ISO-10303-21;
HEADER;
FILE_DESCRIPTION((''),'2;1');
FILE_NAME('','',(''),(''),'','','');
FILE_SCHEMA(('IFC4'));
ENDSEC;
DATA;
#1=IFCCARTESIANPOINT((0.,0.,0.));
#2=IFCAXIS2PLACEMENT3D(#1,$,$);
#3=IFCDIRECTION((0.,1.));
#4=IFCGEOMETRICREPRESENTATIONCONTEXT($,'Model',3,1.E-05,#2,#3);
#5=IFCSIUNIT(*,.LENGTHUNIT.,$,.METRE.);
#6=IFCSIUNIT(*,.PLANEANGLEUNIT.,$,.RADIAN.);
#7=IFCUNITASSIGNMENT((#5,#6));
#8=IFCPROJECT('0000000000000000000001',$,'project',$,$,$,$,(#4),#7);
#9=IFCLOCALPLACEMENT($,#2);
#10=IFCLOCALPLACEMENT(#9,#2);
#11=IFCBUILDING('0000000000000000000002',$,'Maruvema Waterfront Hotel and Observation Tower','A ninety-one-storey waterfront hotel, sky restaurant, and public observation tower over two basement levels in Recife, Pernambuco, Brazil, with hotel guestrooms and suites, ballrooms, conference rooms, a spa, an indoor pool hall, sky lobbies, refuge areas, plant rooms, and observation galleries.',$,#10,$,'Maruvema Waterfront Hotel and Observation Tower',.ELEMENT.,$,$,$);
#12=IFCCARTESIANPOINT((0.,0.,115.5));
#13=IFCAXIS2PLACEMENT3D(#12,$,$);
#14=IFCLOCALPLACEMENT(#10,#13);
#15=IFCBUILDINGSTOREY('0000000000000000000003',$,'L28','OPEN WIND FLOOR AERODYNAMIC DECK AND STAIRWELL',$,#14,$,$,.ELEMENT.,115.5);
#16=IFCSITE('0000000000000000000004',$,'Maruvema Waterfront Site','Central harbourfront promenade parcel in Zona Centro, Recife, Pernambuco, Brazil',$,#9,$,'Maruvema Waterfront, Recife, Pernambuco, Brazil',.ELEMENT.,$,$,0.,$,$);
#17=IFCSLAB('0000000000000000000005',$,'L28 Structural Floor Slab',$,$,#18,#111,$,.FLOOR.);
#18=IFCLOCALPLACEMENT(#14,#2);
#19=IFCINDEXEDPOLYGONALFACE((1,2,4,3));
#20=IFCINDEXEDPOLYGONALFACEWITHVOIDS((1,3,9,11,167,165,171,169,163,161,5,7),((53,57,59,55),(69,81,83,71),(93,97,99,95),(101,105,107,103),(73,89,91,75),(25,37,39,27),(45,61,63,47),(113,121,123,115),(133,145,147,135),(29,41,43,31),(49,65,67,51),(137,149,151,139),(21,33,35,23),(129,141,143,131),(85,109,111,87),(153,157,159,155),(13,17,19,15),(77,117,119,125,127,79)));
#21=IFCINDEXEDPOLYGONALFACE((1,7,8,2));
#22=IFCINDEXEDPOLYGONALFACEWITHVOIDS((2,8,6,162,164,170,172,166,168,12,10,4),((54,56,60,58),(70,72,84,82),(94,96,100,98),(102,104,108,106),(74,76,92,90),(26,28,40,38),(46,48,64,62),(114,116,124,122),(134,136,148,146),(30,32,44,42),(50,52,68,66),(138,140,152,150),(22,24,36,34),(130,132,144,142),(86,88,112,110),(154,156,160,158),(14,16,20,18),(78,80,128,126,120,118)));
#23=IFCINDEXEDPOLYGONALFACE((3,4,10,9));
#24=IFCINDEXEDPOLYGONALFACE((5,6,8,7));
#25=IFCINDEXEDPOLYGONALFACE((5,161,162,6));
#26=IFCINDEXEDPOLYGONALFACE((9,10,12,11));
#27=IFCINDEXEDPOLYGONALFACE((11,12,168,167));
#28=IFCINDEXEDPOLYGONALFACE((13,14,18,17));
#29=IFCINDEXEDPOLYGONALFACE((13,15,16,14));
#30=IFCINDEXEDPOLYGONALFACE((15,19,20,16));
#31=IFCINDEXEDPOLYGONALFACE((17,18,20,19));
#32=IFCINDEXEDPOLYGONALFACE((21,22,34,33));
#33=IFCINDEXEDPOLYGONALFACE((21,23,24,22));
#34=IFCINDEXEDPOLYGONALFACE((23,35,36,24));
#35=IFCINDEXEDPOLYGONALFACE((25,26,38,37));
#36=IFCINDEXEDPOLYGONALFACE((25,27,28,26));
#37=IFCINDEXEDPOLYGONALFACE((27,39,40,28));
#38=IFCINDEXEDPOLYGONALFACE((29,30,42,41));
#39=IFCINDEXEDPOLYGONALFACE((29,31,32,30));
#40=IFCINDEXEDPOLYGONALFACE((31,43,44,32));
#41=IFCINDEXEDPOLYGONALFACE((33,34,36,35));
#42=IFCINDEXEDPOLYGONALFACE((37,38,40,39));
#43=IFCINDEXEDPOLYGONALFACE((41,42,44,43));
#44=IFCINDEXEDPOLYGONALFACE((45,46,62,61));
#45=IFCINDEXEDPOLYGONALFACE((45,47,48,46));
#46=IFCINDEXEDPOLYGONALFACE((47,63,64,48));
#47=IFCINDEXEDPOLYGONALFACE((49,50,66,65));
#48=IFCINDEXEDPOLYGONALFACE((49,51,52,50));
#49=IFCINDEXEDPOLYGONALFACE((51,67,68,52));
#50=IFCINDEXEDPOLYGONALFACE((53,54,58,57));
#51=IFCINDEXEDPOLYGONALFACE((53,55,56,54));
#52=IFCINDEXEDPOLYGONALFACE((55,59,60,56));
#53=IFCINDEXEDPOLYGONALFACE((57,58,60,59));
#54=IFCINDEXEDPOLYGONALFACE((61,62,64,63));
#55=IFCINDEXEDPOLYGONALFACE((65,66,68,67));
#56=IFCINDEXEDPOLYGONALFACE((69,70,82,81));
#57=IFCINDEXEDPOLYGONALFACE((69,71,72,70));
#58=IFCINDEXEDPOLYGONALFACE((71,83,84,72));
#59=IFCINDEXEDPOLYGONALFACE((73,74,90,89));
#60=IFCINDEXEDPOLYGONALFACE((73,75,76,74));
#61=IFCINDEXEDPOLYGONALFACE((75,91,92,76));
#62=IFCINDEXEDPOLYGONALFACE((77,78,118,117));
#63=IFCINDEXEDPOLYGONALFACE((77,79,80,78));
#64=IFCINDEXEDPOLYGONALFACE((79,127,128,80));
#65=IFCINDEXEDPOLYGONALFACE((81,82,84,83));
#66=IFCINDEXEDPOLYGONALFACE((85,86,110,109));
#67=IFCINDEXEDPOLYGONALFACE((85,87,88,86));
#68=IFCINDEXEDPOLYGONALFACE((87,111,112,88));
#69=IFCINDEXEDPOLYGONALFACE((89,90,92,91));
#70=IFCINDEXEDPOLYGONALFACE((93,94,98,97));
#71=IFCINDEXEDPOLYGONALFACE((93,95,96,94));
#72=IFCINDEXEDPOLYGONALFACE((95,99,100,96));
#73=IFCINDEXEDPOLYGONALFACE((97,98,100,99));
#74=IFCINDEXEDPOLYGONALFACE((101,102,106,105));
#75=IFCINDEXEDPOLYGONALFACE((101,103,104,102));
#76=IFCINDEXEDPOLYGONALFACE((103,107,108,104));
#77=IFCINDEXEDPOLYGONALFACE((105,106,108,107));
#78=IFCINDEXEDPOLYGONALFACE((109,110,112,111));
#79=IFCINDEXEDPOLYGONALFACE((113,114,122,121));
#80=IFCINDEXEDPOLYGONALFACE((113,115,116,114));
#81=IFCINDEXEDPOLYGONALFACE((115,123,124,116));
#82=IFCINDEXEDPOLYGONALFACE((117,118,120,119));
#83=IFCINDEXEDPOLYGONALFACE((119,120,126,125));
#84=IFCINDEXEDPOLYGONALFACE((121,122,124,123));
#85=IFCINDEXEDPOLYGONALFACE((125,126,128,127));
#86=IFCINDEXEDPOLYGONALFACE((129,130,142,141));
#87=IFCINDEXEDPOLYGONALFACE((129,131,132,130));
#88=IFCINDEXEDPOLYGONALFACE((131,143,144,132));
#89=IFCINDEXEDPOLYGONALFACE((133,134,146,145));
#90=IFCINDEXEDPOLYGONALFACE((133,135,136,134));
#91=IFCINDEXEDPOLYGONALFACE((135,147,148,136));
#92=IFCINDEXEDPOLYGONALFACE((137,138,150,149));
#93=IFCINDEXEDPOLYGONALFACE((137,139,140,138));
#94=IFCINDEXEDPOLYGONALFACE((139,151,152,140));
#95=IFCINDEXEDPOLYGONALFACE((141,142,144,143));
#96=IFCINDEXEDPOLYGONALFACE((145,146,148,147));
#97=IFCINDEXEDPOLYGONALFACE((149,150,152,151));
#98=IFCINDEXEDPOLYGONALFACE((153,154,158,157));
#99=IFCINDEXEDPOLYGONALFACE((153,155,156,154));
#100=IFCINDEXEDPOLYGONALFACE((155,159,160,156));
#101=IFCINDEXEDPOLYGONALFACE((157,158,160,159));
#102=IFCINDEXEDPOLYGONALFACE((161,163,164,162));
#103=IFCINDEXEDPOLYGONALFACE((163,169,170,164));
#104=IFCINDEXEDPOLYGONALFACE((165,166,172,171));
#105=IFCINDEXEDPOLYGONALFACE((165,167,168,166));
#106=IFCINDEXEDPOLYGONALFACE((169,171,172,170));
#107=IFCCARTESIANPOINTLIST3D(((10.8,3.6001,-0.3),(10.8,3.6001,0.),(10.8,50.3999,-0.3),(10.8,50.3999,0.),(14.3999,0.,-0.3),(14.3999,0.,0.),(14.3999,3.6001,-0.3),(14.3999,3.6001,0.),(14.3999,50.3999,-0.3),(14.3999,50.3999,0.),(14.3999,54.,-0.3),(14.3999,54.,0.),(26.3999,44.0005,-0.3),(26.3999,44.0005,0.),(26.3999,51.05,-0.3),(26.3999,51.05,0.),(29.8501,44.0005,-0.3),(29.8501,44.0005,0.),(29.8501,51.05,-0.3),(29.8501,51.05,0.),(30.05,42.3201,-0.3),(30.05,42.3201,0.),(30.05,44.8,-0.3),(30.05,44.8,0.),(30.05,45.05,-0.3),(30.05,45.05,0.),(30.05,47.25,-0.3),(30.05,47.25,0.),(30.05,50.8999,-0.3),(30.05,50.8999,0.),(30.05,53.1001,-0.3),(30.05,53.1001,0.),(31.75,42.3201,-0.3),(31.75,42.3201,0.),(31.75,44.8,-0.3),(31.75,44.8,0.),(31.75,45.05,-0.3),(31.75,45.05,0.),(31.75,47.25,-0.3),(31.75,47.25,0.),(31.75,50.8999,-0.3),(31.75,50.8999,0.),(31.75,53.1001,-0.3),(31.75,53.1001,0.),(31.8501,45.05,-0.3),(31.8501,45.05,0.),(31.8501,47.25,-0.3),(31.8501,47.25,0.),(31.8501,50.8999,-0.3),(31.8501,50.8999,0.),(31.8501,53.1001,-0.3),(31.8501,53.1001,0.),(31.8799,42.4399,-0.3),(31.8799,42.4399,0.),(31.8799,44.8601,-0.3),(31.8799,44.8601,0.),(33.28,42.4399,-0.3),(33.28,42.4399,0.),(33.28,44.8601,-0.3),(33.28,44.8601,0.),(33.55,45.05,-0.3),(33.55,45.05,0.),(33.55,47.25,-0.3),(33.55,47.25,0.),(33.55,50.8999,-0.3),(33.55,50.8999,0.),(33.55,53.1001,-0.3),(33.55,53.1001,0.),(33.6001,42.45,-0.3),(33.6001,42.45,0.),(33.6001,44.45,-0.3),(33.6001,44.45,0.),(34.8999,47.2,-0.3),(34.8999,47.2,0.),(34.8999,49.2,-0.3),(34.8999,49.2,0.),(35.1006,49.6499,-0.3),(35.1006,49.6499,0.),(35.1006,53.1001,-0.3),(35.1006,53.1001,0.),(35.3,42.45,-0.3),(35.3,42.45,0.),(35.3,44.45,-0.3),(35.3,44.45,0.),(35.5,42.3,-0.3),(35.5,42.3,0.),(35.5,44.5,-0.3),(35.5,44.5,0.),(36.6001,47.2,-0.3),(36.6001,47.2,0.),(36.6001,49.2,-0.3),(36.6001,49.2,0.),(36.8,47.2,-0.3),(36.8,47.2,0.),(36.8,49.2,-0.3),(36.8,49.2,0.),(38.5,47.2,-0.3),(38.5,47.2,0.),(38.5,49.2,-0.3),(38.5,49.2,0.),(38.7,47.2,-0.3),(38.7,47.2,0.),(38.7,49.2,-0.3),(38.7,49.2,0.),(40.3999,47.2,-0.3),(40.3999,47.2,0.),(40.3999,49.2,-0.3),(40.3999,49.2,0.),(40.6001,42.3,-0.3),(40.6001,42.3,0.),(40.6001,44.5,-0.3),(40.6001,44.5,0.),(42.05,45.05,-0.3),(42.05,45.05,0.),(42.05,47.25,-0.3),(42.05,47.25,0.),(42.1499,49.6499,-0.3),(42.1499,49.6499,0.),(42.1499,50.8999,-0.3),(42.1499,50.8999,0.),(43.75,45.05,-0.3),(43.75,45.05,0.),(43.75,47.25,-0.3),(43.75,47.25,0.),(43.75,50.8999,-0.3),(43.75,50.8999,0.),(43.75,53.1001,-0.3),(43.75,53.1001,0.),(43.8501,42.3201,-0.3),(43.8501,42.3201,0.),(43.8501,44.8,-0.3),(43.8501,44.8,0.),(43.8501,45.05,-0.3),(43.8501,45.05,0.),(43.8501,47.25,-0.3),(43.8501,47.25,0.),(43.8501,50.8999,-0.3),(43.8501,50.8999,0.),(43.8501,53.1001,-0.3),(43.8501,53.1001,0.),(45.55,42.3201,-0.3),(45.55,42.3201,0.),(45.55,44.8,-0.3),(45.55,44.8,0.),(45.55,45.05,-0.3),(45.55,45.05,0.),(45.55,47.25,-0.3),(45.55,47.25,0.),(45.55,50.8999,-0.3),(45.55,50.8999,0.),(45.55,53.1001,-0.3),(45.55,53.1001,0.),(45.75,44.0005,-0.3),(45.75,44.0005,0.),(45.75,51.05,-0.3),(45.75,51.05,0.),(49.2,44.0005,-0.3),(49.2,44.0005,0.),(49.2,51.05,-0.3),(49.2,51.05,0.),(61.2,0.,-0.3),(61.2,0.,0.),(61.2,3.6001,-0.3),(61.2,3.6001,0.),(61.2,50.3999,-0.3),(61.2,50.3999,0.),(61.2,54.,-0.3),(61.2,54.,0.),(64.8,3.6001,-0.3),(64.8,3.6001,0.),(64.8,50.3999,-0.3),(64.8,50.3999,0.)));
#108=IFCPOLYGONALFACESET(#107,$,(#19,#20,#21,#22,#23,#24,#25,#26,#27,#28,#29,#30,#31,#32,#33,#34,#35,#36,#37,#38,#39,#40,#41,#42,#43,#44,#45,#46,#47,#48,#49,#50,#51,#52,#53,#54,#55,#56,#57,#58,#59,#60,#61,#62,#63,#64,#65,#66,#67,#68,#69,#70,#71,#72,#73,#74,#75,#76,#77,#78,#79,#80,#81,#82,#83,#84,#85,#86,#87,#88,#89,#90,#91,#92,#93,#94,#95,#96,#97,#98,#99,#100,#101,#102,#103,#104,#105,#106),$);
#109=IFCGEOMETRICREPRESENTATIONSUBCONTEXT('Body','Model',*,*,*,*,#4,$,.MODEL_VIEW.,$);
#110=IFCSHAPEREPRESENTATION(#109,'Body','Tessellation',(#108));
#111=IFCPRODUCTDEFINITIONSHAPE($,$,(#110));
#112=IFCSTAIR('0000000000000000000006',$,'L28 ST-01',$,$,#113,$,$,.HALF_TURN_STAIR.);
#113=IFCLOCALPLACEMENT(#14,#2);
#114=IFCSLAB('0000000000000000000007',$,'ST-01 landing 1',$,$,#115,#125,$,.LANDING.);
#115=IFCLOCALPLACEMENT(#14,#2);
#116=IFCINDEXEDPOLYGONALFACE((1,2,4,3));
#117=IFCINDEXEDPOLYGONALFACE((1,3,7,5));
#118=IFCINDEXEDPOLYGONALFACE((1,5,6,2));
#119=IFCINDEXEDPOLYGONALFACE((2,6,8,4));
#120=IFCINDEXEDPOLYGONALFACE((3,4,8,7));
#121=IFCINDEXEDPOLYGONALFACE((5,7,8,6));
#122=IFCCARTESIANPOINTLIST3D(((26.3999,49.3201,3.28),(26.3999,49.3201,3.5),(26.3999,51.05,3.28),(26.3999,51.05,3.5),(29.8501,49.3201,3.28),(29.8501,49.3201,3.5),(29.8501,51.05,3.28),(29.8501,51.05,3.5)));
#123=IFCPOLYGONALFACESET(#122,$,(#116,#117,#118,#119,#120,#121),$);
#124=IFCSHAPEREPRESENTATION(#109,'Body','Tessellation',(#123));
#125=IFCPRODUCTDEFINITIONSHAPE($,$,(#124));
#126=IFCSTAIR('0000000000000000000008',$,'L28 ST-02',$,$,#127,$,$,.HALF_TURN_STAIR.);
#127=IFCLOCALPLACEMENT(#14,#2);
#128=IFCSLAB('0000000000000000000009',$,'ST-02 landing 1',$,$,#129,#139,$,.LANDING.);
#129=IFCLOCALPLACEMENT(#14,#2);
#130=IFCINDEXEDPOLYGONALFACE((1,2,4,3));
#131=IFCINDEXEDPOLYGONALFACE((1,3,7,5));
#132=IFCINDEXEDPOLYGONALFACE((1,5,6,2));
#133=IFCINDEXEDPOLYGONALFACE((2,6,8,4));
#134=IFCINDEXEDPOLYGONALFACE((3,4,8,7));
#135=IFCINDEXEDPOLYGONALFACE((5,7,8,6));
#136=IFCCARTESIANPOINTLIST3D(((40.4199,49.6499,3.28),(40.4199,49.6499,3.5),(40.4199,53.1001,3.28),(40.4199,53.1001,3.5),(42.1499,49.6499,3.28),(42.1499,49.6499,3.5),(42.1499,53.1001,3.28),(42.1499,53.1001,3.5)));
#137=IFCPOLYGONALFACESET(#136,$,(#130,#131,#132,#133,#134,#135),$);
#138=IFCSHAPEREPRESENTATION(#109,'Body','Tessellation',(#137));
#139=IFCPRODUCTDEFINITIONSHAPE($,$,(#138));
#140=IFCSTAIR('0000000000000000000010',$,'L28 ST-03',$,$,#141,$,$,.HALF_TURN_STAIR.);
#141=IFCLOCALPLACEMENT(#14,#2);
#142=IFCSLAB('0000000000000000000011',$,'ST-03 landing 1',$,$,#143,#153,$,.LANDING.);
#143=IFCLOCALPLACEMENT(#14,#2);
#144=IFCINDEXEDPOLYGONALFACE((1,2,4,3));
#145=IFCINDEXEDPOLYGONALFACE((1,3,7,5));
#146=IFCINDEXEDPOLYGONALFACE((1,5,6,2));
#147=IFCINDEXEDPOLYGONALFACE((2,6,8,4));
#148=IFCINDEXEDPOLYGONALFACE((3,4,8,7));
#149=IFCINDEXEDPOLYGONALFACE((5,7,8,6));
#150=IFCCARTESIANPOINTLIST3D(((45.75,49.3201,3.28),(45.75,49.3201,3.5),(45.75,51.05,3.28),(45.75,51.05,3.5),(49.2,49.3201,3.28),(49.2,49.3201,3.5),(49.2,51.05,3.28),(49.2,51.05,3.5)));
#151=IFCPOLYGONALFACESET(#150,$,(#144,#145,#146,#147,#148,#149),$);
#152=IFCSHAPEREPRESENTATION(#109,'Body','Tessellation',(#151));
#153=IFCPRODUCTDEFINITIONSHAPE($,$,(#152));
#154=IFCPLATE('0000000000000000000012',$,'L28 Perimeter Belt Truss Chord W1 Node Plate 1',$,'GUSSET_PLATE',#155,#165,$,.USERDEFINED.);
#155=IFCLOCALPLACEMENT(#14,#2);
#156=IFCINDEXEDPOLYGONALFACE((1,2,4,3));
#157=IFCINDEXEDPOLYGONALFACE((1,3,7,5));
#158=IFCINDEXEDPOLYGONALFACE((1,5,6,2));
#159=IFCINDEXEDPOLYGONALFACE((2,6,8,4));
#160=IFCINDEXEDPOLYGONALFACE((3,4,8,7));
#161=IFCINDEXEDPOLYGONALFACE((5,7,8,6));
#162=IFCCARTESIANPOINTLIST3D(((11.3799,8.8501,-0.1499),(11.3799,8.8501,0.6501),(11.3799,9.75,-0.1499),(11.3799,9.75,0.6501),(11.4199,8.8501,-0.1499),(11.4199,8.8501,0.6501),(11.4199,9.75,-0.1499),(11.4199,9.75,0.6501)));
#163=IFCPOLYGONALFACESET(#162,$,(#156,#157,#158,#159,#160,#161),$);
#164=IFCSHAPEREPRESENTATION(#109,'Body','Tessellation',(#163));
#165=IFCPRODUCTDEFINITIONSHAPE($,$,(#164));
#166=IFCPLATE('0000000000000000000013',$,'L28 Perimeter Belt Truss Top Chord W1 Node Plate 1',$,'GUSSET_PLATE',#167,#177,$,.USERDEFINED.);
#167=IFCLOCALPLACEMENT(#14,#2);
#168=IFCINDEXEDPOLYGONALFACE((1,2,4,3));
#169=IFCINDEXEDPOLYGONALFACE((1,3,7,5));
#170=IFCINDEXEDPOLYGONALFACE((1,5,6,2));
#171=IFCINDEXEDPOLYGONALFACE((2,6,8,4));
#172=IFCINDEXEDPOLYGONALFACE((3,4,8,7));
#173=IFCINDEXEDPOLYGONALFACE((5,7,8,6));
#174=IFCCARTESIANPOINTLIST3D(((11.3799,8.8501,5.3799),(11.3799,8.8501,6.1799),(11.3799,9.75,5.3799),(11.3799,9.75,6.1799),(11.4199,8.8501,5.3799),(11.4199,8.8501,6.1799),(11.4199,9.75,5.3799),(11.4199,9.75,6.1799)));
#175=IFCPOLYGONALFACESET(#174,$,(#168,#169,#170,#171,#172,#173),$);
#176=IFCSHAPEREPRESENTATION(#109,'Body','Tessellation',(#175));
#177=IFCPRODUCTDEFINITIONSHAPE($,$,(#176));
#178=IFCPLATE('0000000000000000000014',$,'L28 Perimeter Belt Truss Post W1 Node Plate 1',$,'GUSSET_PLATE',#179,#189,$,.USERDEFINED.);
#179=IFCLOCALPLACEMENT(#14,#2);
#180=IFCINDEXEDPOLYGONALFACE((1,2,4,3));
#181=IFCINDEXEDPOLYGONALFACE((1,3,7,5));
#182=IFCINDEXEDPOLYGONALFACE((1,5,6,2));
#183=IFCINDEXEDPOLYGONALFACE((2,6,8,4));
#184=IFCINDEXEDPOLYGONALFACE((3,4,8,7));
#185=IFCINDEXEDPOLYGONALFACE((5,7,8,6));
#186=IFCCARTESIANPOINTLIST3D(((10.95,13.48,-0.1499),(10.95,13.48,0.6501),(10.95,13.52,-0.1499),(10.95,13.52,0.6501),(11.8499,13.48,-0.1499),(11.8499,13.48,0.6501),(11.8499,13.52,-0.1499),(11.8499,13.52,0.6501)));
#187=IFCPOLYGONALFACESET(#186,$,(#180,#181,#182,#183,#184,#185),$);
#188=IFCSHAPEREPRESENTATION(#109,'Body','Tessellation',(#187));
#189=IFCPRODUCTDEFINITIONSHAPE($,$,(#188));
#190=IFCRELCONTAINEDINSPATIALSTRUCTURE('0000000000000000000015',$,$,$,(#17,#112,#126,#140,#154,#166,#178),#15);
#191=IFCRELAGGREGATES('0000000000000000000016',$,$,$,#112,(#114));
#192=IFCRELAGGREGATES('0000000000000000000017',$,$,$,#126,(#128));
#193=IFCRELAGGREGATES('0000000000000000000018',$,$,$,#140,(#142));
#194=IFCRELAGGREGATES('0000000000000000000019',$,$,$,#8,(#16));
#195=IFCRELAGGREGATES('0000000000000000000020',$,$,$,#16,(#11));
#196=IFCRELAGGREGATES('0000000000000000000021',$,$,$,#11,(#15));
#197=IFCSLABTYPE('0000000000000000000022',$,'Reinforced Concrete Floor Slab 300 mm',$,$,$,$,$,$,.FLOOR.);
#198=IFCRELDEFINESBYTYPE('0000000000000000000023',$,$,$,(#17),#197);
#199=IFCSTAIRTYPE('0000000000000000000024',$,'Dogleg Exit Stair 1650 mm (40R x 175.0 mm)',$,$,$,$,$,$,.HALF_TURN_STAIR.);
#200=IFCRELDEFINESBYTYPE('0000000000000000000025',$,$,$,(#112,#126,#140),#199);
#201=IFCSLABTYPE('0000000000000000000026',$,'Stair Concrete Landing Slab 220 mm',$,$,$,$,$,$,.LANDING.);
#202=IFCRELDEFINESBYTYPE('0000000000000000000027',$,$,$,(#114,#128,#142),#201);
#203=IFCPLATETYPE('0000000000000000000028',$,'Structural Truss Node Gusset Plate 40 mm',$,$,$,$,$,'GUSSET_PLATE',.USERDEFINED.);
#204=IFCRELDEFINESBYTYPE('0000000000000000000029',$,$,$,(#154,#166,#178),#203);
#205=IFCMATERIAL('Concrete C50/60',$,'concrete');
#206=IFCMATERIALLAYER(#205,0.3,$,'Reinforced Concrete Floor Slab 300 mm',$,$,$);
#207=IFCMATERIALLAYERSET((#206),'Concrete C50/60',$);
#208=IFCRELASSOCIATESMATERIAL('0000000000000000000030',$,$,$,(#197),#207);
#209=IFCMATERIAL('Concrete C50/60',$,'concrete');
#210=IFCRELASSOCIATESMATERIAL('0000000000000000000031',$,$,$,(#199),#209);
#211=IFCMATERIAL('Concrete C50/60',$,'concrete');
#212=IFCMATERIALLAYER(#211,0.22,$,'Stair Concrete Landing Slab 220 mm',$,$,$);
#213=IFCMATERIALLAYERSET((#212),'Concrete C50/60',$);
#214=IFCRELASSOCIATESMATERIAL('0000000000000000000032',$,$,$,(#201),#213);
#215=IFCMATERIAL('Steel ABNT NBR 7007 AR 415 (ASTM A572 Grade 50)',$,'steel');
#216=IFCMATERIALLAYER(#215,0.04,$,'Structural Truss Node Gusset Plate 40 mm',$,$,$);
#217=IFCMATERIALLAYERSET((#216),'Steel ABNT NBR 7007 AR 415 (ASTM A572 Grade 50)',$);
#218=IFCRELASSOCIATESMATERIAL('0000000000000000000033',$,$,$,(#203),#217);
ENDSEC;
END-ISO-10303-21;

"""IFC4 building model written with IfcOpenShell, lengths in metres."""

from ifc_helpers import new_model, si_unit, direction, frame, origin, origin_2d, place, context, subcontext, project, spatial, polyline, rectangle, outline, extrude, material, layer, layer_set, type_object, element, aggregate, save


model = new_model("IFC4")

# Units and contexts
model_context = context("Model", 3, precision=1e-05, world=origin(), true_north=direction((0.0, 1.0)))
body_context = subcontext(model_context, "Body", "Model", "MODEL_VIEW")
ifc_project = project(units=[si_unit("LENGTHUNIT", "METRE"), si_unit("PLANEANGLEUNIT", "RADIAN")], contexts=[model_context])

# Site, building, storey
site_placement = place(None, origin())
site = spatial("IfcSite", under=ifc_project, at=site_placement, Name="Maruvema Waterfront Site", Description="Central harbourfront promenade parcel in Zona Centro, Recife, Pernambuco, Brazil", LongName="Maruvema Waterfront, Recife, Pernambuco, Brazil", CompositionType="ELEMENT", RefElevation=0.0)
building_placement = place(site_placement, origin())
building = spatial("IfcBuilding", under=site, at=building_placement, Name="Maruvema Waterfront Hotel and Observation Tower", Description="A ninety-one-storey waterfront hotel, sky restaurant, and public observation tower over two basement levels in Recife, Pernambuco, Brazil, with hotel guestrooms and suites, ballrooms, conference rooms, a spa, an indoor pool hall, sky lobbies, refuge areas, plant rooms, and observation galleries.", LongName="Maruvema Waterfront Hotel and Observation Tower", CompositionType="ELEMENT")
storey_placement = place(building_placement, frame((0.0, 0.0, 115.5)))
storey = spatial("IfcBuildingStorey", under=building, at=storey_placement, Name="L28", Description="OPEN WIND FLOOR AERODYNAMIC DECK AND STAIRWELL", CompositionType="ELEMENT", Elevation=115.5)

# Slab
ifc_material_1 = material(Name="Concrete C50/60", Category="concrete")
ifc_layer_1 = layer(ifc_material_1, 0.3, Name="Reinforced Concrete Floor Slab 300 mm")
ifc_layer_set_1 = layer_set([ifc_layer_1], Name="Concrete C50/60")
slab_type_1 = type_object("IfcSlabType", Name="Reinforced Concrete Floor Slab 300 mm", PredefinedType="FLOOR", material=ifc_layer_set_1)
slab_1_placement = place(storey_placement, frame((0.0, 0.0, -0.3)))
element("IfcSlab", 1, at=slab_1_placement, inside=storey, type_object=slab_type_1, Name="L28 Structural Floor Slab", PredefinedType="FLOOR", context=body_context, shape_type="SweptSolid", body=[
    extrude(outline(polyline([(14.3999, 0.0), (61.2, 0.0), (61.2, 3.6001), (64.8, 3.6001), (64.8, 50.3999), (61.2, 50.3999), (61.2, 54.0), (14.3999, 54.0), (14.3999, 50.3999), (10.8, 50.3999), (10.8, 3.6001), (14.3999, 3.6001), (14.3999, 0.0)]), holes=[polyline([(26.3999, 44.0005), (26.3999, 51.05), (29.8501, 51.05), (29.8501, 44.0005), (26.3999, 44.0005)]), polyline([(30.05, 44.8), (31.75, 44.8), (31.75, 42.3201), (30.05, 42.3201), (30.05, 44.8)]), polyline([(31.75, 47.25), (31.75, 45.05), (30.05, 45.05), (30.05, 47.25), (31.75, 47.25)]), polyline([(31.75, 53.1001), (31.75, 50.8999), (30.05, 50.8999), (30.05, 53.1001), (31.75, 53.1001)]), polyline([(33.28, 44.8601), (33.28, 42.4399), (31.8799, 42.4399), (31.8799, 44.8601), (33.28, 44.8601)]), polyline([(31.8501, 47.25), (33.55, 47.25), (33.55, 45.05), (31.8501, 45.05), (31.8501, 47.25)]), polyline([(31.8501, 53.1001), (33.55, 53.1001), (33.55, 50.8999), (31.8501, 50.8999), (31.8501, 53.1001)]), polyline([(33.6001, 44.45), (35.3, 44.45), (35.3, 42.45), (33.6001, 42.45), (33.6001, 44.45)]), polyline([(34.8999, 49.2), (36.6001, 49.2), (36.6001, 47.2), (34.8999, 47.2), (34.8999, 49.2)]), polyline([(38.5, 49.2), (38.5, 47.2), (36.8, 47.2), (36.8, 49.2), (38.5, 49.2)]), polyline([(35.5, 44.5), (40.6001, 44.5), (40.6001, 42.3), (35.5, 42.3), (35.5, 44.5)]), polyline([(43.75, 50.8999), (42.1499, 50.8999), (42.1499, 49.6499), (35.1006, 49.6499), (35.1006, 53.1001), (43.75, 53.1001), (43.75, 50.8999)]), polyline([(40.3999, 49.2), (40.3999, 47.2), (38.7, 47.2), (38.7, 49.2), (40.3999, 49.2)]), polyline([(43.75, 47.25), (43.75, 45.05), (42.05, 45.05), (42.05, 47.25), (43.75, 47.25)]), polyline([(45.55, 44.8), (45.55, 42.3201), (43.8501, 42.3201), (43.8501, 44.8), (45.55, 44.8)]), polyline([(43.8501, 47.25), (45.55, 47.25), (45.55, 45.05), (43.8501, 45.05), (43.8501, 47.25)]), polyline([(45.55, 53.1001), (45.55, 50.8999), (43.8501, 50.8999), (43.8501, 53.1001), (45.55, 53.1001)]), polyline([(45.75, 51.05), (49.2, 51.05), (49.2, 44.0005), (45.75, 44.0005), (45.75, 51.05)])]), origin(), (0.0, 0.0, 1.0), 0.3),
])

# Stairs, slabs
ifc_material_2 = material(Name="Concrete C50/60", Category="concrete")
stair_type = type_object("IfcStairType", Name="Dogleg Exit Stair 1650 mm (40R x 175.0 mm)", PredefinedType="HALF_TURN_STAIR", material=ifc_material_2)
stair_1_placement = place(storey_placement, origin())
stair_1 = element("IfcStair", 2, at=stair_1_placement, inside=storey, type_object=stair_type, Name="L28 ST-01", PredefinedType="HALF_TURN_STAIR")
ifc_material_3 = material(Name="Concrete C50/60", Category="concrete")
ifc_layer_2 = layer(ifc_material_3, 0.22, Name="Stair Concrete Landing Slab 220 mm")
ifc_layer_set_2 = layer_set([ifc_layer_2], Name="Concrete C50/60")
slab_type_2 = type_object("IfcSlabType", Name="Stair Concrete Landing Slab 220 mm", PredefinedType="LANDING", material=ifc_layer_set_2)
slab_2_placement = place(storey_placement, frame((0.0, 0.0, 3.28)))
slab_2 = element("IfcSlab", 3, at=slab_2_placement, type_object=slab_type_2, Name="ST-01 landing 1", PredefinedType="LANDING", context=body_context, shape_type="SweptSolid", body=[
    extrude(outline(polyline([(29.8501, 49.3201), (29.8501, 51.05), (26.3999, 51.05), (26.3999, 49.3201), (29.8501, 49.3201)])), origin(), (0.0, 0.0, 1.0), 0.22),
])
aggregate(stair_1, [slab_2])
stair_2_placement = place(storey_placement, origin())
stair_2 = element("IfcStair", 4, at=stair_2_placement, inside=storey, type_object=stair_type, Name="L28 ST-02", PredefinedType="HALF_TURN_STAIR")
slab_3_placement = place(storey_placement, frame((0.0, 0.0, 3.28)))
slab_3 = element("IfcSlab", 5, at=slab_3_placement, type_object=slab_type_2, Name="ST-02 landing 1", PredefinedType="LANDING", context=body_context, shape_type="SweptSolid", body=[
    extrude(outline(polyline([(40.4199, 49.6499), (42.1499, 49.6499), (42.1499, 53.1001), (40.4199, 53.1001), (40.4199, 49.6499)])), origin(), (0.0, 0.0, 1.0), 0.22),
])
aggregate(stair_2, [slab_3])
stair_3_placement = place(storey_placement, origin())
stair_3 = element("IfcStair", 6, at=stair_3_placement, inside=storey, type_object=stair_type, Name="L28 ST-03", PredefinedType="HALF_TURN_STAIR")
slab_4_placement = place(storey_placement, frame((0.0, 0.0, 3.28)))
slab_4 = element("IfcSlab", 7, at=slab_4_placement, type_object=slab_type_2, Name="ST-03 landing 1", PredefinedType="LANDING", context=body_context, shape_type="SweptSolid", body=[
    extrude(outline(polyline([(49.2, 49.3201), (49.2, 51.05), (45.75, 51.05), (45.75, 49.3201), (49.2, 49.3201)])), origin(), (0.0, 0.0, 1.0), 0.22),
])
aggregate(stair_3, [slab_4])

# Plates
ifc_material_4 = material(Name="Steel ABNT NBR 7007 AR 415 (ASTM A572 Grade 50)", Category="steel")
ifc_layer_3 = layer(ifc_material_4, 0.04, Name="Structural Truss Node Gusset Plate 40 mm")
ifc_layer_set_3 = layer_set([ifc_layer_3], Name="Steel ABNT NBR 7007 AR 415 (ASTM A572 Grade 50)")
plate_type_1 = type_object("IfcPlateType", Name="Structural Truss Node Gusset Plate 40 mm", ElementType="GUSSET_PLATE", PredefinedType="USERDEFINED", material=ifc_layer_set_3)
for number, where, z_axis, x_axis, name in (
    (8, (11.3999, 9.3, -0.1499), (0.0, 0.0, 1.0), (0.0, 1.0, 0.0), "L28 Perimeter Belt Truss Chord W1 Node Plate 1"),
    (9, (11.3999, 9.3, 5.3799), (0.0, 0.0, 1.0), (0.0, 1.0, 0.0), "L28 Perimeter Belt Truss Top Chord W1 Node Plate 1"),
    (10, (11.3999, 13.5, -0.1499), (0.0, 0.0, 1.0), (1.0, 0.0, 0.0), "L28 Perimeter Belt Truss Post W1 Node Plate 1"),
):
    element("IfcPlate", number, at=place(storey_placement, frame(where, z_axis=z_axis, x_axis=x_axis)), inside=storey, type_object=plate_type_1, Name=name, ObjectType="GUSSET_PLATE", PredefinedType="USERDEFINED", context=body_context, shape_type="SweptSolid", body=[
        extrude(rectangle(XDim=0.8999, YDim=0.04, at=origin_2d()), origin(), (0.0, 0.0, 1.0), 0.8),
    ])

save(model, "model.ifc")
